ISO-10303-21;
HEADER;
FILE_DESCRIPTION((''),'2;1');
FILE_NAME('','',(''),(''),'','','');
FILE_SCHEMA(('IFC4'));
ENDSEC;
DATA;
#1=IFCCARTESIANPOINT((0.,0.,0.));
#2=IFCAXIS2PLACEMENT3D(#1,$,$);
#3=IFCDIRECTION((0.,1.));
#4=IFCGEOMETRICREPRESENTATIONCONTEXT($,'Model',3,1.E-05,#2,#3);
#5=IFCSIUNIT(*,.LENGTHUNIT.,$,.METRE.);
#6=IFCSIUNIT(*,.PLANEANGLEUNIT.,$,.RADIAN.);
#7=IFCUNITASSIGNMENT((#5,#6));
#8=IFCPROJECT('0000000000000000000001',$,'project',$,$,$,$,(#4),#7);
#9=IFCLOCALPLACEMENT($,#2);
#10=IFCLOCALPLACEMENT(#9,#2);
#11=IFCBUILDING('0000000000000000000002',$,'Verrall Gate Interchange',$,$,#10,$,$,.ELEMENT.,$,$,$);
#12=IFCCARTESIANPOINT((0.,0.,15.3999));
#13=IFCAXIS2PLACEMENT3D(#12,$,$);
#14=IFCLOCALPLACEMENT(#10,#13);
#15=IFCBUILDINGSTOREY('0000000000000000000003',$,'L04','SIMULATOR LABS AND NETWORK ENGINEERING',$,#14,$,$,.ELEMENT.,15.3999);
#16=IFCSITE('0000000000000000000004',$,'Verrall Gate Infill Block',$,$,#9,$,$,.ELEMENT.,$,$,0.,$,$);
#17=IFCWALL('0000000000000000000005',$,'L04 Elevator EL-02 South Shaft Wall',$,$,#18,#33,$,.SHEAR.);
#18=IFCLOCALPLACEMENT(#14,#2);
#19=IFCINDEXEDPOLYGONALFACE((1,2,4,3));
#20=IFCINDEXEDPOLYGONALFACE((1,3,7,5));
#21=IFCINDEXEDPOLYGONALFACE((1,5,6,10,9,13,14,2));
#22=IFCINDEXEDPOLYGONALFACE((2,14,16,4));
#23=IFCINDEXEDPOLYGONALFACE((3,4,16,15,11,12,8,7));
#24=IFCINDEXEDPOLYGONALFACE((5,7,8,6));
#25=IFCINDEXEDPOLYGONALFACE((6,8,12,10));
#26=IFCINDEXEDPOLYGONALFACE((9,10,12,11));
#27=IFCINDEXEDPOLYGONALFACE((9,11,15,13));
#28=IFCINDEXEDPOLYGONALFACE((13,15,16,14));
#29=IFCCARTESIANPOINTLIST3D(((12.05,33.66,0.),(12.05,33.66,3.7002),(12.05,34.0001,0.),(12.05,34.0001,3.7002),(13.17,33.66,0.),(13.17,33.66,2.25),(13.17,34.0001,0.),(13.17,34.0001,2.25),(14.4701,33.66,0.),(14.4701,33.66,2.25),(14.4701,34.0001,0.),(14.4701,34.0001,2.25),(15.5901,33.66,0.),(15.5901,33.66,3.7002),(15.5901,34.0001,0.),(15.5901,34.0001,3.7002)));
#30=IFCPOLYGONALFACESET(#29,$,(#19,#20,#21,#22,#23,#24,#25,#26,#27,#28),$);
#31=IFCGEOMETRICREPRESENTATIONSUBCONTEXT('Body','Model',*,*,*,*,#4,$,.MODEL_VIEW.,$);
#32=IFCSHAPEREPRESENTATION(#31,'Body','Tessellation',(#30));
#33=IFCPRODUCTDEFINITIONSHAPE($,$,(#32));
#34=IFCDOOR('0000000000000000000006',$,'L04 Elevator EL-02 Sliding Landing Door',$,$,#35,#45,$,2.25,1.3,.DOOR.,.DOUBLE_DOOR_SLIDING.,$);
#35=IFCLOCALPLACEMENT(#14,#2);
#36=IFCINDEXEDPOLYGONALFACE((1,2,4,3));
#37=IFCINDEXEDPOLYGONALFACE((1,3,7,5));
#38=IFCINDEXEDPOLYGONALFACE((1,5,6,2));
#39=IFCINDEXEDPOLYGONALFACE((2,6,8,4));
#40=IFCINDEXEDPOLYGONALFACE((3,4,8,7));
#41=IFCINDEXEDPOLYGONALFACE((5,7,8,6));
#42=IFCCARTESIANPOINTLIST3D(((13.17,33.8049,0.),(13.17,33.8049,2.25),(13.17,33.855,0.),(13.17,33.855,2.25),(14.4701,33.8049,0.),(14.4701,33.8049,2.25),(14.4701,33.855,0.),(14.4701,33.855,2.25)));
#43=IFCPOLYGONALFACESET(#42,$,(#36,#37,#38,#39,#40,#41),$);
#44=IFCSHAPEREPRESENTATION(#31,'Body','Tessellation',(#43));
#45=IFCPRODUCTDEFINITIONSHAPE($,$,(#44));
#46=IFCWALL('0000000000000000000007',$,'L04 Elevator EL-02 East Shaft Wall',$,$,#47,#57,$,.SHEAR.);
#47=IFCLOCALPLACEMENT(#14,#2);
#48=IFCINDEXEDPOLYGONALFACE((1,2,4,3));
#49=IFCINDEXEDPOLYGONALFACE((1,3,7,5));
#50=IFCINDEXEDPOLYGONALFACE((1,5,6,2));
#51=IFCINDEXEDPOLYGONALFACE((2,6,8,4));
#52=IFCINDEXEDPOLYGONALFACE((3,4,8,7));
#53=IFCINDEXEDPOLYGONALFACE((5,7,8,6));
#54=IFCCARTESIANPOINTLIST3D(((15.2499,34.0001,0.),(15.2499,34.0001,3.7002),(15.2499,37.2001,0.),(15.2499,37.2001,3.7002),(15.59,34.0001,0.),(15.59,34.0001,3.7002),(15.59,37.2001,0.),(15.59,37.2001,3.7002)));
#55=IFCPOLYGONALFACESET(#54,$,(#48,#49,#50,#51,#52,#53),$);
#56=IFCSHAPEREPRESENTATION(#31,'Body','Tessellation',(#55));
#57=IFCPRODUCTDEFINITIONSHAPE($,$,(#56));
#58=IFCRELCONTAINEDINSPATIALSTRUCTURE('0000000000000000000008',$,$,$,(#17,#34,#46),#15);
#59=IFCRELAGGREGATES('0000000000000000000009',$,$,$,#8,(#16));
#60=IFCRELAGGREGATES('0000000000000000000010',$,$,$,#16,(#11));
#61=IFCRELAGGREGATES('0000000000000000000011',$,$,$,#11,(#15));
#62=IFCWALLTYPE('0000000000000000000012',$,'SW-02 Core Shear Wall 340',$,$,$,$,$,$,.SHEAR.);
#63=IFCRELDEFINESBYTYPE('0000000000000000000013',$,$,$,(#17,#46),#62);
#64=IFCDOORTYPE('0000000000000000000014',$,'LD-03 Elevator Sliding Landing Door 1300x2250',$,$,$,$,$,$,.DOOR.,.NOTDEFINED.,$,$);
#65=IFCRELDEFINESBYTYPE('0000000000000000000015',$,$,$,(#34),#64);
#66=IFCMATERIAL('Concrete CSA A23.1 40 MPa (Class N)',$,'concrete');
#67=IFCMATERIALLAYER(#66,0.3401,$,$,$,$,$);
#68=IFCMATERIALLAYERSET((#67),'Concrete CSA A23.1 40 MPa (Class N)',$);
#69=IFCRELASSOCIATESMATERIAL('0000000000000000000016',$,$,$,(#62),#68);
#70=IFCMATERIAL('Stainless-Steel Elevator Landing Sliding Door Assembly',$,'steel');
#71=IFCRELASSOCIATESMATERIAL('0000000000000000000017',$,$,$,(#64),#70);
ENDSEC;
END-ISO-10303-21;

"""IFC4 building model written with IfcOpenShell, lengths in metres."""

from ifc_helpers import new_model, si_unit, direction, frame, frame_2d, origin, place, context, subcontext, project, spatial, rectangle, extrude, material, layer, layer_set, type_object, element, fill, save


model = new_model("IFC4")

# Units and contexts
model_context = context("Model", 3, precision=1e-05, world=origin(), true_north=direction((0.0, 1.0)))
body_context = subcontext(model_context, "Body", "Model", "MODEL_VIEW")
ifc_project = project(units=[si_unit("LENGTHUNIT", "METRE"), si_unit("PLANEANGLEUNIT", "RADIAN")], contexts=[model_context])

# Site, building, storey
site_placement = place(None, origin())
site = spatial("IfcSite", under=ifc_project, at=site_placement, Name="Verrall Gate Infill Block", CompositionType="ELEMENT", RefElevation=0.0)
building_placement = place(site_placement, origin())
building = spatial("IfcBuilding", under=site, at=building_placement, Name="Verrall Gate Interchange", CompositionType="ELEMENT")
storey_placement = place(building_placement, frame((0.0, 0.0, 15.3999)))
storey = spatial("IfcBuildingStorey", under=building, at=storey_placement, Name="L04", Description="SIMULATOR LABS AND NETWORK ENGINEERING", CompositionType="ELEMENT", Elevation=15.3999)

# Wall, opening, door
ifc_material_1 = material(Name="Concrete CSA A23.1 40 MPa (Class N)", Category="concrete")
ifc_layer_1 = layer(ifc_material_1, 0.3401)
ifc_layer_set_1 = layer_set([ifc_layer_1], Name="Concrete CSA A23.1 40 MPa (Class N)")
wall_type_1 = type_object("IfcWallType", Name="SW-02 Core Shear Wall 340", PredefinedType="SHEAR", material=ifc_layer_set_1)
wall_1_placement = place(storey_placement, frame((12.05, 33.8301, 0.0), z_axis=(0.0, 0.0, 1.0), x_axis=(1.0, 0.0, 0.0)))
wall_1 = element("IfcWall", 1, at=wall_1_placement, inside=storey, type_object=wall_type_1, Name="L04 Elevator EL-02 South Shaft Wall", PredefinedType="SHEAR", context=body_context, shape_type="SweptSolid", body=[
    extrude(rectangle(XDim=3.54, YDim=0.3401, at=frame_2d((1.77, 0.0))), origin(), (0.0, 0.0, 1.0), 3.7002),
])
opening_1_placement = place(wall_1_placement, frame((1.1201, 0.0, 0.0)))
opening_1 = element("IfcOpeningElement", 2, at=opening_1_placement, cuts=wall_1, PredefinedType="OPENING", context=body_context, shape_type="SweptSolid", body=[
    extrude(rectangle(XDim=1.3, YDim=2.25, at=frame_2d((0.6499, 1.125))), frame((0.0, 0.1851, 0.0), z_axis=(0.0, -1.0, 0.0), x_axis=(1.0, 0.0, 0.0)), (0.0, 0.0, 1.0), 0.3699),
])
ifc_material_2 = material(Name="Stainless-Steel Elevator Landing Sliding Door Assembly", Category="steel")
door_type_1 = type_object("IfcDoorType", Name="LD-03 Elevator Sliding Landing Door 1300x2250", OperationType="NOTDEFINED", PredefinedType="DOOR", material=ifc_material_2)
door_1_placement = place(opening_1_placement, origin())
door_1 = element("IfcDoor", 3, at=door_1_placement, inside=storey, type_object=door_type_1, Name="L04 Elevator EL-02 Sliding Landing Door", OperationType="DOUBLE_DOOR_SLIDING", OverallHeight=2.25, OverallWidth=1.3, PredefinedType="DOOR", context=body_context, shape_type="SweptSolid", body=[
    extrude(rectangle(XDim=1.3, YDim=2.25, at=frame_2d((0.6499, 1.125))), frame((0.0, 0.0249, 0.0), z_axis=(0.0, -1.0, 0.0), x_axis=(1.0, 0.0, 0.0)), (0.0, 0.0, 1.0), 0.05),
])
fill(opening_1, door_1)

# Wall
wall_2_placement = place(storey_placement, frame((15.4199, 34.0, 0.0), z_axis=(0.0, 0.0, 1.0), x_axis=(0.0, 1.0, 0.0)))
element("IfcWall", 4, at=wall_2_placement, inside=storey, type_object=wall_type_1, Name="L04 Elevator EL-02 East Shaft Wall", PredefinedType="SHEAR", context=body_context, shape_type="SweptSolid", body=[
    extrude(rectangle(XDim=3.2, YDim=0.3401, at=frame_2d((1.6001, 0.0))), origin(), (0.0, 0.0, 1.0), 3.7002),
])

save(model, "model.ifc")
